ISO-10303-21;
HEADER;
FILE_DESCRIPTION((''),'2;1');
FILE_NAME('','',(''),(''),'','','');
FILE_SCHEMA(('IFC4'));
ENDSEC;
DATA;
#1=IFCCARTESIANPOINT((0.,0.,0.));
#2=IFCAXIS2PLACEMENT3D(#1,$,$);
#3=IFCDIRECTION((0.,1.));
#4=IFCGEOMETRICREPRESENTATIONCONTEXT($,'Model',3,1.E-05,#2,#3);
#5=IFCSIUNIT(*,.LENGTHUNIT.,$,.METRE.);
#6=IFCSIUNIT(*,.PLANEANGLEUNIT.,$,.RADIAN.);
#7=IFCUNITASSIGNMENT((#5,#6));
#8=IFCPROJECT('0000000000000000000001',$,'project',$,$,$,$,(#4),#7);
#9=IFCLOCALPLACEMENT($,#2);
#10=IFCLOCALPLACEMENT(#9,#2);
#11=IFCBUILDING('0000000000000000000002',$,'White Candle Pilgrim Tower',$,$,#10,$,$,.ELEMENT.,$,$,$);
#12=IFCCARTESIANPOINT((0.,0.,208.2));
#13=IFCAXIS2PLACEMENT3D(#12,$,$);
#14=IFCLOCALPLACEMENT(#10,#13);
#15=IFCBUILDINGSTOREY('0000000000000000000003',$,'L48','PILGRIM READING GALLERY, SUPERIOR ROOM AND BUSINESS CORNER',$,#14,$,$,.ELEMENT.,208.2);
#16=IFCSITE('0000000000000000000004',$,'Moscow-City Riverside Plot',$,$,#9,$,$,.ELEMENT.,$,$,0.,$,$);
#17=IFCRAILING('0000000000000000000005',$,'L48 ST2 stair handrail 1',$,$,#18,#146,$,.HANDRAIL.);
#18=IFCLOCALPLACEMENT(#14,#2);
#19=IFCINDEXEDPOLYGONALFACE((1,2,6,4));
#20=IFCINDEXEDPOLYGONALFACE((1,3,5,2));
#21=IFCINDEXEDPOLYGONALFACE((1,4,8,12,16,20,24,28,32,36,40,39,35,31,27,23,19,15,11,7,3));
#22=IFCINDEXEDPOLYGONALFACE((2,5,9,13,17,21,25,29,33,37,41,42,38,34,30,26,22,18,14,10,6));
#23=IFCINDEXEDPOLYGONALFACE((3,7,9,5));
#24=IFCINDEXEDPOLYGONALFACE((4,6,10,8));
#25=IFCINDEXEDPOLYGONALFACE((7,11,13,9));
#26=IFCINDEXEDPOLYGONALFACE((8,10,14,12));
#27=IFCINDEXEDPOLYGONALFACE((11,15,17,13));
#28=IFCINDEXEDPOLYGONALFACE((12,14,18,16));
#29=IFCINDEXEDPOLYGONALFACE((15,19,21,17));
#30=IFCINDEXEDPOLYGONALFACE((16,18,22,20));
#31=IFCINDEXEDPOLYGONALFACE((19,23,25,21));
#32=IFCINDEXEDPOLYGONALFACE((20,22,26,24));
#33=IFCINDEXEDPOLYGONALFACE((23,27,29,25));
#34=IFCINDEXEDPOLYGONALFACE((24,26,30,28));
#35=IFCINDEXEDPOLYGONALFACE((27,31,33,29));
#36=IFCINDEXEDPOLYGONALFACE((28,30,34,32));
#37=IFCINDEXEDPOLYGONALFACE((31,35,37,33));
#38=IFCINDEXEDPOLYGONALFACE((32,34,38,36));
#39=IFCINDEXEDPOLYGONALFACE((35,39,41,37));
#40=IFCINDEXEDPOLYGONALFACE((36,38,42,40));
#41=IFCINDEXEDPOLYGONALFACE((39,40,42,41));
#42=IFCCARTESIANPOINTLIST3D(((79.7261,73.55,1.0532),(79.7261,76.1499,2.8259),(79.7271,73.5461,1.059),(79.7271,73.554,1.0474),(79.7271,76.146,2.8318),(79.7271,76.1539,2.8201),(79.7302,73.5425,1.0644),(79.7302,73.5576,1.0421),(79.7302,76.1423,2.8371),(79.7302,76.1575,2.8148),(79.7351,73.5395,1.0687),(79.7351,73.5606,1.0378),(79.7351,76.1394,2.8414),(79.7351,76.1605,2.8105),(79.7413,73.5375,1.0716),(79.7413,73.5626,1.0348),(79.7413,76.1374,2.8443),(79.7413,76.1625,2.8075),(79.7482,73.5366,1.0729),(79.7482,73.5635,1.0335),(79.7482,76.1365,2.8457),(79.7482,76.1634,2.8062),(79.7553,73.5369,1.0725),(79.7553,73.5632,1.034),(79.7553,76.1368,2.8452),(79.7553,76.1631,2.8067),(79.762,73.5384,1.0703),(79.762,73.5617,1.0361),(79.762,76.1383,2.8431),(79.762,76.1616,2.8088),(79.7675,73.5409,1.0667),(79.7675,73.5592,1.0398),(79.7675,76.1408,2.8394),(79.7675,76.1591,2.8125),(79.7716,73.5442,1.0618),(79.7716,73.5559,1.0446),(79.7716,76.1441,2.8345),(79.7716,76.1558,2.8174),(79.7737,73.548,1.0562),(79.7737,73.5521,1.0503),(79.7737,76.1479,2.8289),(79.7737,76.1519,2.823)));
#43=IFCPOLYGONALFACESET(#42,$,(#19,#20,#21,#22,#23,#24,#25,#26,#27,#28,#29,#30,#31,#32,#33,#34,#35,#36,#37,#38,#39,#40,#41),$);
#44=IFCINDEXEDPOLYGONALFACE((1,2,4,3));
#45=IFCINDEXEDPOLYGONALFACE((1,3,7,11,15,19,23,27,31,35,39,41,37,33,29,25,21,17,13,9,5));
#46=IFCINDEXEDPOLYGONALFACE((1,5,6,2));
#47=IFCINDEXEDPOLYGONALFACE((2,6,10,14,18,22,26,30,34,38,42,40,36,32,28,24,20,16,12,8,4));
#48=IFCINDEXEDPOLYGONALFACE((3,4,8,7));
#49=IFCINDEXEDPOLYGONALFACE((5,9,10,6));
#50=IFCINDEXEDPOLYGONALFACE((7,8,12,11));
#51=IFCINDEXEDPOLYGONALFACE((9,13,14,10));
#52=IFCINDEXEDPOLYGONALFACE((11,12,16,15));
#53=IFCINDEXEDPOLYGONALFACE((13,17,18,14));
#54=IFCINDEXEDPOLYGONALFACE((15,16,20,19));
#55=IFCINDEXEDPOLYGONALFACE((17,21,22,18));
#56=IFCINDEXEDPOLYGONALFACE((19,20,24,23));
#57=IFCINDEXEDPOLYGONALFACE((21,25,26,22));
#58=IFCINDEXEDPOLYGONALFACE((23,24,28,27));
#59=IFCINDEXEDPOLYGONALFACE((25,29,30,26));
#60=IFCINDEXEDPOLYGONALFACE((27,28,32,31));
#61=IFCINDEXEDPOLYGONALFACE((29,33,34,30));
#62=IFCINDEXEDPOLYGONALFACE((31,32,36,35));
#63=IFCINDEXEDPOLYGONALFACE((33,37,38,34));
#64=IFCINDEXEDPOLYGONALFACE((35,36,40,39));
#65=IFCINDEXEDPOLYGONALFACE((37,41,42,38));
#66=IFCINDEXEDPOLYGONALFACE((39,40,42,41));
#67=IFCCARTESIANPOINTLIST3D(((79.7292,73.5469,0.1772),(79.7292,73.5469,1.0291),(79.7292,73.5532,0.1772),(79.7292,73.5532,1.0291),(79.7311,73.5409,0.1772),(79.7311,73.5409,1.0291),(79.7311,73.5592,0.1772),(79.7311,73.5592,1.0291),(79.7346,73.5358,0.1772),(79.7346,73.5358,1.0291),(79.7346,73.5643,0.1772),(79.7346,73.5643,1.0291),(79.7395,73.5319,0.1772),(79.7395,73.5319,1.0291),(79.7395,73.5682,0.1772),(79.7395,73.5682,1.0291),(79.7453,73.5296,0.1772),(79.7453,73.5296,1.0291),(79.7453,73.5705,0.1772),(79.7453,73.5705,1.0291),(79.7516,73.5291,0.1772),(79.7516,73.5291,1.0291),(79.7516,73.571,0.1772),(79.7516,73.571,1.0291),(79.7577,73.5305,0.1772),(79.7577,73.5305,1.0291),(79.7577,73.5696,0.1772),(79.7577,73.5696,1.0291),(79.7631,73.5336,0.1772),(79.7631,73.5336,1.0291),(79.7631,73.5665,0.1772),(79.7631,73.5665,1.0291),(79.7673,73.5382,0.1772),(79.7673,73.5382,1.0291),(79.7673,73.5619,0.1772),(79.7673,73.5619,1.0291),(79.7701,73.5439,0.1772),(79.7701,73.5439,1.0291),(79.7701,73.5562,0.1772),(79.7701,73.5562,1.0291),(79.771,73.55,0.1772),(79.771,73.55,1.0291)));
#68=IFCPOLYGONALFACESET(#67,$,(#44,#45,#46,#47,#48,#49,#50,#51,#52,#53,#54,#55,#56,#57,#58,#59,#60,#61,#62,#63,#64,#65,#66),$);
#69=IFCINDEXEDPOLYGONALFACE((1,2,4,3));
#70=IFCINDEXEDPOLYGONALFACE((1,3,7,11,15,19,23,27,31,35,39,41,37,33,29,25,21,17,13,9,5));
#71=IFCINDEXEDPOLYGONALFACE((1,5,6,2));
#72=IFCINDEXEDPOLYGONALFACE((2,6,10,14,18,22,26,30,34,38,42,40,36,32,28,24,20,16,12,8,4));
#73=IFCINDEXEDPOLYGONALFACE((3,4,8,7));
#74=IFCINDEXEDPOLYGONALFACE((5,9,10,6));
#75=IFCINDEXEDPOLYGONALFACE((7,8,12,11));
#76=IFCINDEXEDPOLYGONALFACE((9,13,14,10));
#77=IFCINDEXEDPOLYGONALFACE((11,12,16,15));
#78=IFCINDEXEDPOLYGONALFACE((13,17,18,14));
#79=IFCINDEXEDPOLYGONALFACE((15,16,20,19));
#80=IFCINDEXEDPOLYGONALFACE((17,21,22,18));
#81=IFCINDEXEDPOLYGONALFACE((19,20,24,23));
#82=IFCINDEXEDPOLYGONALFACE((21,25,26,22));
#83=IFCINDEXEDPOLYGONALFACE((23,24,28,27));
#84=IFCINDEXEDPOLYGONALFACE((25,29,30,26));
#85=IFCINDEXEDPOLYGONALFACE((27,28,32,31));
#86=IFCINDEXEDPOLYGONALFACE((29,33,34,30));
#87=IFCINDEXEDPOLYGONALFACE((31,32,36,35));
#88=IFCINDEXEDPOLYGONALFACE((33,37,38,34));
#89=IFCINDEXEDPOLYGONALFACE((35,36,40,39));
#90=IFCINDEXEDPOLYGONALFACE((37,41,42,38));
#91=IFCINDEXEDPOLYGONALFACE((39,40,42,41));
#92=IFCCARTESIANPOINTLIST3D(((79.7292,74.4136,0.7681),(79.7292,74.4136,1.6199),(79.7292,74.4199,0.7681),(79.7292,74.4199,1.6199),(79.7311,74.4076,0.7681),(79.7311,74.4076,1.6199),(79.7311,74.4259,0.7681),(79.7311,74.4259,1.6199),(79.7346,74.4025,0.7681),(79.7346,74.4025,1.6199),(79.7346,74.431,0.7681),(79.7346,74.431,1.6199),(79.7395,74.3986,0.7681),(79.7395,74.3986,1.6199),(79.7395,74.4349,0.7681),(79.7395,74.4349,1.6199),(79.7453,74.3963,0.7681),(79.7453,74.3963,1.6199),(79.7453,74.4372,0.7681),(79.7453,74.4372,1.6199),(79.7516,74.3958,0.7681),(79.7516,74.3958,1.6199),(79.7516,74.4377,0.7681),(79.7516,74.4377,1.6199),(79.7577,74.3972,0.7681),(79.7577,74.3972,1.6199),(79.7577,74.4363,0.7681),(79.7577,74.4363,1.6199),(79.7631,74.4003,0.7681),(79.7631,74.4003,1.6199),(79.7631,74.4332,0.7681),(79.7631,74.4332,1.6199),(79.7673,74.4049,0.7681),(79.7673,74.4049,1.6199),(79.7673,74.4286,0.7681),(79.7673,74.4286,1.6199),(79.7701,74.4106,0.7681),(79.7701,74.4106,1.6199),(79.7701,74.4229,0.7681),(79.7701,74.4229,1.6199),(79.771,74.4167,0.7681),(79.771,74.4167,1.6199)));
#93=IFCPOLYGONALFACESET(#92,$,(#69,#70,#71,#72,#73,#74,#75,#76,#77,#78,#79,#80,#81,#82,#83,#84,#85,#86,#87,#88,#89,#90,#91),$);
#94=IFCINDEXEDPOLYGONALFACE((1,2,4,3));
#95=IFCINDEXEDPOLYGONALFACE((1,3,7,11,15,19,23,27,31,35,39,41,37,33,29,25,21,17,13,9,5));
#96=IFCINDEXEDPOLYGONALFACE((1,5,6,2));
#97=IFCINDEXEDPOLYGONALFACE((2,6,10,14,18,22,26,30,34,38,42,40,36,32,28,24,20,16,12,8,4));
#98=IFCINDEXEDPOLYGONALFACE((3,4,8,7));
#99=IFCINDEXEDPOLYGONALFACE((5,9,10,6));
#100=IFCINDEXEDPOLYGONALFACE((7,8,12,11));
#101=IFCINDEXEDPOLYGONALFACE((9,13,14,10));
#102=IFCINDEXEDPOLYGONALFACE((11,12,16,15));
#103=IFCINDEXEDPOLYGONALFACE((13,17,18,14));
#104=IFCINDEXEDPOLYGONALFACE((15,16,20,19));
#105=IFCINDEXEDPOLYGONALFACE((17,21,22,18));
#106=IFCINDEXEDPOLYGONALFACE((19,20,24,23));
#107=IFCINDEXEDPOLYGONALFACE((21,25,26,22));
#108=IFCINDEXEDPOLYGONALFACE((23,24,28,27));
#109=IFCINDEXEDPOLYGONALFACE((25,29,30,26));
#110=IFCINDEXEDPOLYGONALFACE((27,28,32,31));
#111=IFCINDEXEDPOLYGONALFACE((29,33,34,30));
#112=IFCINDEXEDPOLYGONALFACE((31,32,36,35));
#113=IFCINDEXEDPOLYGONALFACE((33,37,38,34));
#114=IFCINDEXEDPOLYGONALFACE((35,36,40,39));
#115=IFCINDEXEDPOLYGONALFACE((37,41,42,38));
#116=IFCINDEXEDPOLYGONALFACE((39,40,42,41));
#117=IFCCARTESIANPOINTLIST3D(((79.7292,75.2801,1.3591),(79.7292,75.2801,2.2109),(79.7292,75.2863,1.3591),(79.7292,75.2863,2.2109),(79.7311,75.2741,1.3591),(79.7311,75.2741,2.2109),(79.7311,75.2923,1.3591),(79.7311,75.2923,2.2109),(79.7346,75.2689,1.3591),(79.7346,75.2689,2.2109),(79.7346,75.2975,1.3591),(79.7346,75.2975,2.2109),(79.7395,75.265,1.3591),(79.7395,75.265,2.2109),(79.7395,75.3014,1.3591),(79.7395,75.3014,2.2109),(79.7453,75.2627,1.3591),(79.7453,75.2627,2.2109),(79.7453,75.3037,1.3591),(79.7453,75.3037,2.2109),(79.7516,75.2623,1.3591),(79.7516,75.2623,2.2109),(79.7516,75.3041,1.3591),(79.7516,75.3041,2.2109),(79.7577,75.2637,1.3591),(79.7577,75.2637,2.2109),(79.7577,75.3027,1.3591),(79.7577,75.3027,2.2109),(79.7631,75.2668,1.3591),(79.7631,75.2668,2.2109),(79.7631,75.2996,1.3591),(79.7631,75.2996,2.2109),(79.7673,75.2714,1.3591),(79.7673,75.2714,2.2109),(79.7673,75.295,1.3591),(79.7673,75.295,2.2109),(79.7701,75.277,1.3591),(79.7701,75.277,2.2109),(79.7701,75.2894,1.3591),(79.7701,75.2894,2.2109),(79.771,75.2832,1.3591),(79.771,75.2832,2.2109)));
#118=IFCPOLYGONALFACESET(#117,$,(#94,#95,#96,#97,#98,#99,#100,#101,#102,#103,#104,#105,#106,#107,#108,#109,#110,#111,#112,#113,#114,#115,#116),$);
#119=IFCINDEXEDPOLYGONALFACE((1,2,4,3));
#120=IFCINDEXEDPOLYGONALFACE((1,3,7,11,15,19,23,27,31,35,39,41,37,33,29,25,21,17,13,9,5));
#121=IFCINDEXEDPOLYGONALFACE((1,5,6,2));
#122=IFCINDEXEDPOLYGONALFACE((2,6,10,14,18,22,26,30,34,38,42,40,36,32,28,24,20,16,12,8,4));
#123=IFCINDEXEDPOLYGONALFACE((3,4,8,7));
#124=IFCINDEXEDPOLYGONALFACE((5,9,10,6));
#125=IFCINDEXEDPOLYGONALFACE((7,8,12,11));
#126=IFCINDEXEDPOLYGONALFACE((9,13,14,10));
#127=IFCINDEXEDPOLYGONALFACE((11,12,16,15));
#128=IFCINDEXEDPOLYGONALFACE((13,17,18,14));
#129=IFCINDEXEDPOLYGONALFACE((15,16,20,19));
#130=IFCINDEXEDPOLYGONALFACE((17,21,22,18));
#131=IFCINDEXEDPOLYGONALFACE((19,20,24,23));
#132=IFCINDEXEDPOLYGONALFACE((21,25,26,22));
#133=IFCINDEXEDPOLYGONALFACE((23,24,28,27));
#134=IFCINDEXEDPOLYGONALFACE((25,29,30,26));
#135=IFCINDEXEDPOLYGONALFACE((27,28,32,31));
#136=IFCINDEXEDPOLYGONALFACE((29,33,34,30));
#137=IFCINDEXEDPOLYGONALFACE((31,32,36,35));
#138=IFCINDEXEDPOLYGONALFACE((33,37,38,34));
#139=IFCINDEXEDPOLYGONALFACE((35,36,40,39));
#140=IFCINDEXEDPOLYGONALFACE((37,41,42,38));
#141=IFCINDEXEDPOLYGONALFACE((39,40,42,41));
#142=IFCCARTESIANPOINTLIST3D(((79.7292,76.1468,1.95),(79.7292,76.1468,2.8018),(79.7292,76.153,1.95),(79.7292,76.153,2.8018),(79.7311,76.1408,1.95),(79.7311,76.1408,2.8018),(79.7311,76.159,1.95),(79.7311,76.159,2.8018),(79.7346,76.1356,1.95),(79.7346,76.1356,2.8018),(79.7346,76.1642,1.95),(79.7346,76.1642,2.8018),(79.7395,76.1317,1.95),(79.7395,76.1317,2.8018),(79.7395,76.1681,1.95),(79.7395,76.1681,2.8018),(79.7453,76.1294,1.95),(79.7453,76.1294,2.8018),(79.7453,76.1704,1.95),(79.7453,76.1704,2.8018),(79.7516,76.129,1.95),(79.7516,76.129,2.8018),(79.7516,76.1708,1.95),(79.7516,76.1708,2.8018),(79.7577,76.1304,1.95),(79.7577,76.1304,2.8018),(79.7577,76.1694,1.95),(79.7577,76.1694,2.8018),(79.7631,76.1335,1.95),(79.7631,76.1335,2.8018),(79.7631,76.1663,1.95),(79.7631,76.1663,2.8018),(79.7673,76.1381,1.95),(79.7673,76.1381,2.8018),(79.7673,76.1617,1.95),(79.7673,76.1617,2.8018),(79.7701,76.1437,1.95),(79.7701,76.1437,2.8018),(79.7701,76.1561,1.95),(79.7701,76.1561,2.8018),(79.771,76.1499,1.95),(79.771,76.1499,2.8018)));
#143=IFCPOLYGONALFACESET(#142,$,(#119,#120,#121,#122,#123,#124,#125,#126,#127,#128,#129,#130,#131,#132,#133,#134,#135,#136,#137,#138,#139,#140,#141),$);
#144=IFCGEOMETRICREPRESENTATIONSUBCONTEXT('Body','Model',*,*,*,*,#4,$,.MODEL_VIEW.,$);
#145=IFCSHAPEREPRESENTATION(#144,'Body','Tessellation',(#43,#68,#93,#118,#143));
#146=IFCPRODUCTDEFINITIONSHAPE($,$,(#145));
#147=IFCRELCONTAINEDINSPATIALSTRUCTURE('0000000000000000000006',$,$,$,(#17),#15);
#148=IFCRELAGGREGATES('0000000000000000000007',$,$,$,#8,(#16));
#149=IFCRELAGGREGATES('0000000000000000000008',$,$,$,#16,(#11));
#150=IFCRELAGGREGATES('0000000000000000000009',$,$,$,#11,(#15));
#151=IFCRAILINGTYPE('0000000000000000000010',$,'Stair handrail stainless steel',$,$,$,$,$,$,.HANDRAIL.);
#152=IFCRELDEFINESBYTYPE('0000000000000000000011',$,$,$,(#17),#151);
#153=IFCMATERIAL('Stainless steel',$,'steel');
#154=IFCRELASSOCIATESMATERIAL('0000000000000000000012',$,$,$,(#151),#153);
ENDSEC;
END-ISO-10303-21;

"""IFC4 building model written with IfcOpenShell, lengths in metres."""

from ifc_helpers import new_model, si_unit, direction, frame, origin, origin_2d, place, context, subcontext, project, spatial, circle, extrude, material, type_object, element, save


model = new_model("IFC4")

# Units and contexts
model_context = context("Model", 3, precision=1e-05, world=origin(), true_north=direction((0.0, 1.0)))
body_context = subcontext(model_context, "Body", "Model", "MODEL_VIEW")
ifc_project = project(units=[si_unit("LENGTHUNIT", "METRE"), si_unit("PLANEANGLEUNIT", "RADIAN")], contexts=[model_context])

# Site, building, storey
site_placement = place(None, origin())
site = spatial("IfcSite", under=ifc_project, at=site_placement, Name="Moscow-City Riverside Plot", CompositionType="ELEMENT", RefElevation=0.0)
building_placement = place(site_placement, origin())
building = spatial("IfcBuilding", under=site, at=building_placement, Name="White Candle Pilgrim Tower", CompositionType="ELEMENT")
storey_placement = place(building_placement, frame((0.0, 0.0, 208.2)))
storey = spatial("IfcBuildingStorey", under=building, at=storey_placement, Name="L48", Description="PILGRIM READING GALLERY, SUPERIOR ROOM AND BUSINESS CORNER", CompositionType="ELEMENT", Elevation=208.2)

# Railing
ifc_material_1 = material(Name="Stainless steel", Category="steel")
railing_type_1 = type_object("IfcRailingType", Name="Stair handrail stainless steel", PredefinedType="HANDRAIL", material=ifc_material_1)
railing_1_placement = place(storey_placement, frame((79.75, 73.55, 0.1772)))
element("IfcRailing", 1, at=railing_1_placement, inside=storey, type_object=railing_type_1, Name="L48 ST2 stair handrail 1", PredefinedType="HANDRAIL", context=body_context, shape_type="SweptSolid", body=[
    extrude(circle(Radius=0.0239, at=origin_2d()), frame((0.0, 0.0, 0.876), z_axis=(0.0, 0.826216, 0.563354), x_axis=(-1.0, 0.0, 0.0)), (0.0, 0.0, 1.0), 3.1467),
    extrude(circle(Radius=0.021, at=origin_2d()), origin(), (0.0, 0.0, 1.0), 0.8518),
    extrude(circle(Radius=0.021, at=origin_2d()), frame((0.0, 0.8667, 0.5908)), (0.0, 0.0, 1.0), 0.8518),
    extrude(circle(Radius=0.021, at=origin_2d()), frame((0.0, 1.7332, 1.1819)), (0.0, 0.0, 1.0), 0.8518),
    extrude(circle(Radius=0.021, at=origin_2d()), frame((0.0, 2.5999, 1.7727)), (0.0, 0.0, 1.0), 0.8518),
])

save(model, "model.ifc")
